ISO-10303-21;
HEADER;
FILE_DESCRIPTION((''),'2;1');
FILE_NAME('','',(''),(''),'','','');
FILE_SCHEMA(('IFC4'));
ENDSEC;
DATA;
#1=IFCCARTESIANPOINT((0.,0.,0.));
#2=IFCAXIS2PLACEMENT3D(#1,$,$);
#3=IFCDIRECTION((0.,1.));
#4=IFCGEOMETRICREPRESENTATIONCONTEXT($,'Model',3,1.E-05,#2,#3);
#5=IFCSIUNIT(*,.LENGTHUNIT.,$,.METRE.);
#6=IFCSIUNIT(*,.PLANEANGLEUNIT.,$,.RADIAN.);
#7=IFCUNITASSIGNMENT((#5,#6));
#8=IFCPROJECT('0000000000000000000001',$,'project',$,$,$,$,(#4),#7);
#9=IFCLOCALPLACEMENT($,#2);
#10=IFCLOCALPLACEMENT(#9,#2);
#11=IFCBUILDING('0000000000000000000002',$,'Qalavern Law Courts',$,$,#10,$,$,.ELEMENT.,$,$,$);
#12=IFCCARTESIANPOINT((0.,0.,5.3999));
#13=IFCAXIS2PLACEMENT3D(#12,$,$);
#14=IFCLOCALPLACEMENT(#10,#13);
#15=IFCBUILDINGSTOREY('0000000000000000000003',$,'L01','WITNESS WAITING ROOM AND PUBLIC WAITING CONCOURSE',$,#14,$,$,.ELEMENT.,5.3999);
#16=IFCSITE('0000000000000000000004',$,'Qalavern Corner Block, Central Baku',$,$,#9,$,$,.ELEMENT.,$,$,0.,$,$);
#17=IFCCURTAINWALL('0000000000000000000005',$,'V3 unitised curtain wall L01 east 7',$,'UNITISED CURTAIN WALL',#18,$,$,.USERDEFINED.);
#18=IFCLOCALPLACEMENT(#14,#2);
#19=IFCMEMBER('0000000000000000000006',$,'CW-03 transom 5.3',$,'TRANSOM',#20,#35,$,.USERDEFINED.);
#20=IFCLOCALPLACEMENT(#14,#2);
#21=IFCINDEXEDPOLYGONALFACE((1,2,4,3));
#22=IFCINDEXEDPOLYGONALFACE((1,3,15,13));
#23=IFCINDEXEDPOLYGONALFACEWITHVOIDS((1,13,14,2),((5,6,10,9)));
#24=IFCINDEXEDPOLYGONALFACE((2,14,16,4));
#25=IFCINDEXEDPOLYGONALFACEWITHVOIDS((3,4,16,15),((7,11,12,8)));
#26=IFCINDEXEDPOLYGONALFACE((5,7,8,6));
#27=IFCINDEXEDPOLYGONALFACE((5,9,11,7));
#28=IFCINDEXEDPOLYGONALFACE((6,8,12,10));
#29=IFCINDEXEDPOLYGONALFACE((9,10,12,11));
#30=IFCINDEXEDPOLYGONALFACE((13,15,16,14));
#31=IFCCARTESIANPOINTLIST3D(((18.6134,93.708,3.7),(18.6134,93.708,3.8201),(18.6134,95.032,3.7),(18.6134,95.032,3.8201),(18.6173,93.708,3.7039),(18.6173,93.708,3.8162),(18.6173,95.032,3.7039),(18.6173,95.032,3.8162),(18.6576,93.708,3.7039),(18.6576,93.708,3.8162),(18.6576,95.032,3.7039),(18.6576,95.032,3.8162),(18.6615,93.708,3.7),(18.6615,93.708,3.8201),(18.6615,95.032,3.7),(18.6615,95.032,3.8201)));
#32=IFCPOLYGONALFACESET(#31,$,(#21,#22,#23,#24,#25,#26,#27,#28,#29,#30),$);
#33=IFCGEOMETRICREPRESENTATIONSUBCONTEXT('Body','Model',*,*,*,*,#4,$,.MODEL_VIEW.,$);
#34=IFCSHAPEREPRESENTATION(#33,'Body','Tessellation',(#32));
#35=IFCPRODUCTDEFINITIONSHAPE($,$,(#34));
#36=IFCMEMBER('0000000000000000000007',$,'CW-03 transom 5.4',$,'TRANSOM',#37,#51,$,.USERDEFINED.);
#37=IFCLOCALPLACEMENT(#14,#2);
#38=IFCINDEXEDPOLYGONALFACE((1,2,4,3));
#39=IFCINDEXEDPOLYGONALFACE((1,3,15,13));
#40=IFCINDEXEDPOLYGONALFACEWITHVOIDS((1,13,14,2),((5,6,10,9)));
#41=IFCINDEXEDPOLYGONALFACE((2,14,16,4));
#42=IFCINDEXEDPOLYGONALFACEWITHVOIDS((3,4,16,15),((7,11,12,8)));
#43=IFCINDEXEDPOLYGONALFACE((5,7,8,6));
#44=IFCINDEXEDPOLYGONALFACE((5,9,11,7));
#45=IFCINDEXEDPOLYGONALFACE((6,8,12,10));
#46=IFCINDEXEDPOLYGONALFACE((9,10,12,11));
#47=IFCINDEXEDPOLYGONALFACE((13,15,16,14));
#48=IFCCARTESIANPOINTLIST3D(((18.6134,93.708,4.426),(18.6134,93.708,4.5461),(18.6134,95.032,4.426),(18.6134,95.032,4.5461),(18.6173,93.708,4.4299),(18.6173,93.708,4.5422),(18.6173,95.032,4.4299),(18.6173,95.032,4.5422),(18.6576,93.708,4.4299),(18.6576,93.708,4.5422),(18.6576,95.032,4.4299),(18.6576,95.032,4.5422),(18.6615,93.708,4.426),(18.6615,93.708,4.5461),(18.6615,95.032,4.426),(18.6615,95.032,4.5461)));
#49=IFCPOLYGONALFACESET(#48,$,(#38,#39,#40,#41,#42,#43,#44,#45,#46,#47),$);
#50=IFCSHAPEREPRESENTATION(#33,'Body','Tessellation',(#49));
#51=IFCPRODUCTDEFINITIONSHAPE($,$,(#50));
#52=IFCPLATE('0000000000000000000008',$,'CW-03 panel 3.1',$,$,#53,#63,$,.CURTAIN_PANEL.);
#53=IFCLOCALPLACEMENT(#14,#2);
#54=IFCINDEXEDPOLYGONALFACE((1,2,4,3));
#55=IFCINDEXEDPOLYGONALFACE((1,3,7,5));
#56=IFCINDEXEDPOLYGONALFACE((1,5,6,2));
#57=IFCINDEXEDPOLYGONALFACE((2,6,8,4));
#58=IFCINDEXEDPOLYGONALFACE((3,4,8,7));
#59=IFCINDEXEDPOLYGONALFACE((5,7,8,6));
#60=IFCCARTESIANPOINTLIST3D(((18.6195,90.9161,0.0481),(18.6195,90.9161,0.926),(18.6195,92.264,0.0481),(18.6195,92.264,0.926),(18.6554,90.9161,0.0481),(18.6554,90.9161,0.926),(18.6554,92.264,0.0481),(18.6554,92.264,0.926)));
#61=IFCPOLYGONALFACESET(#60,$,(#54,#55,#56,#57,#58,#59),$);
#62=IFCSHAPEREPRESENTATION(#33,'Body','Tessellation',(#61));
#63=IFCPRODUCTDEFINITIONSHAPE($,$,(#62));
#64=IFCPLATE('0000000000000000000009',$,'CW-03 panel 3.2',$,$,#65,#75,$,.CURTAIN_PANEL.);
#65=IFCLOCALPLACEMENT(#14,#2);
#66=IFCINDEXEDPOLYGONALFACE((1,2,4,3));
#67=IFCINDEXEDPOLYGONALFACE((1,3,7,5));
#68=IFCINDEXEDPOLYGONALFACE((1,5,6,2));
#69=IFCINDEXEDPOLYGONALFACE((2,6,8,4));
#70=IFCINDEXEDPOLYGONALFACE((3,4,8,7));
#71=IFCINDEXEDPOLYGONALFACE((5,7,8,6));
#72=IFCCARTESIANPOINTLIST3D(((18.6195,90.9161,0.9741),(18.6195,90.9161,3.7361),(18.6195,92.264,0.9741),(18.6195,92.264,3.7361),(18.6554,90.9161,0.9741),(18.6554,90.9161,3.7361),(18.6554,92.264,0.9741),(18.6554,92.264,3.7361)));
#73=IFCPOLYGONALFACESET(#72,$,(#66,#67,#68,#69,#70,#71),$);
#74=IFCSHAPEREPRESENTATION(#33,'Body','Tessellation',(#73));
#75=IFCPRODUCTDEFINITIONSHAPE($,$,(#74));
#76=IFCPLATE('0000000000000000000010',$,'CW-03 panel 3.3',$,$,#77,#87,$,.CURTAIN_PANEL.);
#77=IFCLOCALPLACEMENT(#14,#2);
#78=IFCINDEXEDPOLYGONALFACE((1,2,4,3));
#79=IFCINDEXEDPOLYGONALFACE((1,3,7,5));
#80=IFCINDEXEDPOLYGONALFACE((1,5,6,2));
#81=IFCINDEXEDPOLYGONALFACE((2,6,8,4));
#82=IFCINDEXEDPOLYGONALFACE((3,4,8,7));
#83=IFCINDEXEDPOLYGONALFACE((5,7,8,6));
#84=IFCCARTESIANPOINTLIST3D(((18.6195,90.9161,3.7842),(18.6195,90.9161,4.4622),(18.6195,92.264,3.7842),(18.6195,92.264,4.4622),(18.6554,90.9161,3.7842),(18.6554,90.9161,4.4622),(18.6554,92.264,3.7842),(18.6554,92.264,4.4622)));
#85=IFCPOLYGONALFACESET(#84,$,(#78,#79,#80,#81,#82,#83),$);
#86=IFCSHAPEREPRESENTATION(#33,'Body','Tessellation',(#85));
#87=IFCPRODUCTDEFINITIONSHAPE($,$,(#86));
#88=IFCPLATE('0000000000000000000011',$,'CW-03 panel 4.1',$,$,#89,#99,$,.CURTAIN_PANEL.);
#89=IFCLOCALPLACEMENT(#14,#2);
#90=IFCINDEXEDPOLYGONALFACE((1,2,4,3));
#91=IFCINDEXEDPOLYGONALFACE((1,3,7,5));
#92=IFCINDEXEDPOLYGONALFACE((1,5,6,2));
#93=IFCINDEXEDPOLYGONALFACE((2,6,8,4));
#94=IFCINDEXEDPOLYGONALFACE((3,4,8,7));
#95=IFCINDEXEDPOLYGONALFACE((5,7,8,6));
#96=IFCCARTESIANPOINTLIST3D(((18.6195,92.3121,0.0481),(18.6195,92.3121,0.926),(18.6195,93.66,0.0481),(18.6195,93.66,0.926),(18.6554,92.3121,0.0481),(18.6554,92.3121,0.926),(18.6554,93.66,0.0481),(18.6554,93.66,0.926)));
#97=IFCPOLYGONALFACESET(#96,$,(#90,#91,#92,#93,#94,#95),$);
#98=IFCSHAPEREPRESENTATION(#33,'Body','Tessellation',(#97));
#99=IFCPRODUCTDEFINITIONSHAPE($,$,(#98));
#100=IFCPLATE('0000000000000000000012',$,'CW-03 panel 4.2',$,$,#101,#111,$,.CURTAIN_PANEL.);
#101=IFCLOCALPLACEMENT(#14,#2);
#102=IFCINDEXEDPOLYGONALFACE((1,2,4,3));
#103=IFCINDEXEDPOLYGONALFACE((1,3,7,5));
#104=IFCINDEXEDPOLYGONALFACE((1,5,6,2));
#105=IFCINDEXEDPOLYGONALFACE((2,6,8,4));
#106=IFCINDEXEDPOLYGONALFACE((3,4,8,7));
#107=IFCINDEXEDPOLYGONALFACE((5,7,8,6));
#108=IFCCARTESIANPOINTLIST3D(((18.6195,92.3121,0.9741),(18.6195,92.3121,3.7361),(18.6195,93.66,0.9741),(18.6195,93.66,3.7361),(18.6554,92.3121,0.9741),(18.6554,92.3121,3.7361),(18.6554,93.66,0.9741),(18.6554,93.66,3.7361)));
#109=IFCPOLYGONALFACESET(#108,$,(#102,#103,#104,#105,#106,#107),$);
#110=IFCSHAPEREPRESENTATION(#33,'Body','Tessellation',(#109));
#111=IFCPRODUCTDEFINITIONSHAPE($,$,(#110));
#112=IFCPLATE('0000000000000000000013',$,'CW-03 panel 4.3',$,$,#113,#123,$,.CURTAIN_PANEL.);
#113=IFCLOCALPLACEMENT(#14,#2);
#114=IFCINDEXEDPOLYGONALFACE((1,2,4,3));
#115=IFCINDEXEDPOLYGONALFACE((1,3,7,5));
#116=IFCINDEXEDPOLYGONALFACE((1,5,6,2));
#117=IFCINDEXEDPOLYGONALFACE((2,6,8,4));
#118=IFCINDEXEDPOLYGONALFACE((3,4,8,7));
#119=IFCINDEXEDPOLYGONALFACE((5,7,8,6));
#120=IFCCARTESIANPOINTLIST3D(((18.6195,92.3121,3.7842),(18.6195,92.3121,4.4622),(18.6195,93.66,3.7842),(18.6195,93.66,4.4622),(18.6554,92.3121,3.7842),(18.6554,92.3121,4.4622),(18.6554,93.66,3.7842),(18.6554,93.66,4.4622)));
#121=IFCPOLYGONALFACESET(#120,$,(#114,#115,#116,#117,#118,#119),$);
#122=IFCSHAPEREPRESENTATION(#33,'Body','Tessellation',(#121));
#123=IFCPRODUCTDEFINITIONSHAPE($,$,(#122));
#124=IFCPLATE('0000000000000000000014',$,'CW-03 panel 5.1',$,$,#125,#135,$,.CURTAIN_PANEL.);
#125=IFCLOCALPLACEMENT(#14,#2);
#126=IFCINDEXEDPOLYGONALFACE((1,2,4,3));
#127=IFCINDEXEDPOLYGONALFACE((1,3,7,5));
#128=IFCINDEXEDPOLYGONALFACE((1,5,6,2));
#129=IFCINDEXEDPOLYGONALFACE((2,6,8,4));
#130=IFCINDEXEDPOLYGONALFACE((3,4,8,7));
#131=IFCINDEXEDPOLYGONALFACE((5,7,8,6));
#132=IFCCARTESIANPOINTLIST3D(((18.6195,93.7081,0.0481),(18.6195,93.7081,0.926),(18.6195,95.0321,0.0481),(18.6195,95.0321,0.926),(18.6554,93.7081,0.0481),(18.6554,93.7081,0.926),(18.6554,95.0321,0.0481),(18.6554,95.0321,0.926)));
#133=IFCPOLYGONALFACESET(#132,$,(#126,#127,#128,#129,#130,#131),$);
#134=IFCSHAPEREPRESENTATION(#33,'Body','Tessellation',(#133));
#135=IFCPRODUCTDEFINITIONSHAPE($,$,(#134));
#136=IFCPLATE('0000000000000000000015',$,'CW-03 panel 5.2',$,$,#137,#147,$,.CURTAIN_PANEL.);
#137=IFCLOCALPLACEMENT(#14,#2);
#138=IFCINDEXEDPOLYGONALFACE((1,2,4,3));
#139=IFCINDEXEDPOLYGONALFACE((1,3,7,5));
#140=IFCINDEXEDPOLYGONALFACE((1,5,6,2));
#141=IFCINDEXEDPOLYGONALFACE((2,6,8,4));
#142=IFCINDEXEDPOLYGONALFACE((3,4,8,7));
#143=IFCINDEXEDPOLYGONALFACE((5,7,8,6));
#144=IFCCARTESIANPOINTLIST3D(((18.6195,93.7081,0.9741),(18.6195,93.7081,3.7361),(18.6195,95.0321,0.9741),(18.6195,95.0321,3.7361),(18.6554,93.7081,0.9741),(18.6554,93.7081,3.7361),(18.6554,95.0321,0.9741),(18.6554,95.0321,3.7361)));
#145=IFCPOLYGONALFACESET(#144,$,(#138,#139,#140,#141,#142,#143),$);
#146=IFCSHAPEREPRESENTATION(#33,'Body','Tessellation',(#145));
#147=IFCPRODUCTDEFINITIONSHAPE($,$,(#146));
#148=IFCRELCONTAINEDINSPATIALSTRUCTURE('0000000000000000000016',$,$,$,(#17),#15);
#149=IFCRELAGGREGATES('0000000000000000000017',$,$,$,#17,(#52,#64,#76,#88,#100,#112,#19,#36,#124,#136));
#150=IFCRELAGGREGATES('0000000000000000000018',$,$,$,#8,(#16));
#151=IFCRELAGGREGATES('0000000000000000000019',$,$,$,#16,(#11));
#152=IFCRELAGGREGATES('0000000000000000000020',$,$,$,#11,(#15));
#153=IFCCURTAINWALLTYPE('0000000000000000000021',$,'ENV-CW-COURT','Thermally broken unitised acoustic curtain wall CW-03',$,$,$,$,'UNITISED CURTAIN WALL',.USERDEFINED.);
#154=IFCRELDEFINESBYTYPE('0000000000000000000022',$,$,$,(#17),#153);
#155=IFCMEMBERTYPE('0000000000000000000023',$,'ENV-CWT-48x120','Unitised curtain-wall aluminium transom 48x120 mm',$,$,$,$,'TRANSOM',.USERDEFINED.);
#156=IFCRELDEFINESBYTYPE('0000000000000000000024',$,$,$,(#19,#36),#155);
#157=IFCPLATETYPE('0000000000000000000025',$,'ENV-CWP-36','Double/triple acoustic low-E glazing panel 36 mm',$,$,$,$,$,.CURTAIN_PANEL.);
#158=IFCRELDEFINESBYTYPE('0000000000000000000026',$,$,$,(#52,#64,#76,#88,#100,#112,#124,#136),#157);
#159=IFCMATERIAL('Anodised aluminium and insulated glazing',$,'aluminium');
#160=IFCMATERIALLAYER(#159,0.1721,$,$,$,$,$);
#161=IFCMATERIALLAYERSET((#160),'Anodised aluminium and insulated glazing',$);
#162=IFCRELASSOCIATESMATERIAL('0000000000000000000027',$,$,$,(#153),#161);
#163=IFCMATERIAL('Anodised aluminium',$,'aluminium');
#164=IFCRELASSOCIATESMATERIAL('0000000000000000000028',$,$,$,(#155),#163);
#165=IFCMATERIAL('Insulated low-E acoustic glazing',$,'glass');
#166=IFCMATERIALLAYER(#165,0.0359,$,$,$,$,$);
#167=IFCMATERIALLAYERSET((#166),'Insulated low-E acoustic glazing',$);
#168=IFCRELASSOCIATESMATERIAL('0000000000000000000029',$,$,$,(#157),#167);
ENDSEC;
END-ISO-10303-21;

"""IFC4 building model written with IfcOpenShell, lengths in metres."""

from ifc_helpers import new_model, si_unit, direction, frame, origin, origin_2d, place, context, subcontext, project, spatial, rectangle, hollow_rectangle, extrude, material, layer, layer_set, material_profile, profile_set, type_object, element, aggregate, save


model = new_model("IFC4")

# Units and contexts
model_context = context("Model", 3, precision=1e-05, world=origin(), true_north=direction((0.0, 1.0)))
body_context = subcontext(model_context, "Body", "Model", "MODEL_VIEW")
ifc_project = project(units=[si_unit("LENGTHUNIT", "METRE"), si_unit("PLANEANGLEUNIT", "RADIAN")], contexts=[model_context])

# Site, building, storey
site_placement = place(None, origin())
site = spatial("IfcSite", under=ifc_project, at=site_placement, Name="Qalavern Corner Block, Central Baku", CompositionType="ELEMENT", RefElevation=0.0)
building_placement = place(site_placement, origin())
building = spatial("IfcBuilding", under=site, at=building_placement, Name="Qalavern Law Courts", CompositionType="ELEMENT")
storey_placement = place(building_placement, frame((0.0, 0.0, 5.3999)))
storey = spatial("IfcBuildingStorey", under=building, at=storey_placement, Name="L01", Description="WITNESS WAITING ROOM AND PUBLIC WAITING CONCOURSE", CompositionType="ELEMENT", Elevation=5.3999)

# Curtain wall, members, plates
ifc_material_1 = material(Name="Anodised aluminium and insulated glazing", Category="aluminium")
ifc_layer_1 = layer(ifc_material_1, 0.1721)
ifc_layer_set_1 = layer_set([ifc_layer_1], Name="Anodised aluminium and insulated glazing")
curtain_wall_type = type_object("IfcCurtainWallType", Name="ENV-CW-COURT", Description="Thermally broken unitised acoustic curtain wall CW-03", ElementType="UNITISED CURTAIN WALL", PredefinedType="USERDEFINED", material=ifc_layer_set_1)
curtain_wall_placement = place(storey_placement, origin())
curtain_wall = element("IfcCurtainWall", 1, at=curtain_wall_placement, inside=storey, type_object=curtain_wall_type, Name="V3 unitised curtain wall L01 east 7", ObjectType="UNITISED CURTAIN WALL", PredefinedType="USERDEFINED")
ifc_material_2 = material(Name="Anodised aluminium", Category="aluminium")
ifc_material_profile_1 = material_profile(ifc_material_2, hollow_rectangle(XDim=0.0481, YDim=0.1201, WallThickness=0.0039, at=origin_2d()), Name="ALU TRANSOM 48x120")
ifc_profile_set_1 = profile_set([ifc_material_profile_1], Name="Anodised aluminium")
member_type_1 = type_object("IfcMemberType", Name="ENV-CWT-48x120", Description="Unitised curtain-wall aluminium transom 48x120 mm", ElementType="TRANSOM", PredefinedType="USERDEFINED", material=ifc_profile_set_1)
member_1_placement = place(storey_placement, frame((18.6375, 93.708, 3.76), z_axis=(0.0, 1.0, 0.0), x_axis=(-1.0, 0.0, 0.0)))
member_1 = element("IfcMember", 2, at=member_1_placement, type_object=member_type_1, Name="CW-03 transom 5.3", ObjectType="TRANSOM", PredefinedType="USERDEFINED", context=body_context, shape_type="SweptSolid", body=[
    extrude(hollow_rectangle(XDim=0.0481, YDim=0.1201, WallThickness=0.0039, at=origin_2d()), origin(), (0.0, 0.0, 1.0), 1.324),
])
member_2_placement = place(storey_placement, frame((18.6375, 93.708, 4.4861), z_axis=(0.0, 1.0, 0.0), x_axis=(-1.0, 0.0, 0.0)))
member_2 = element("IfcMember", 3, at=member_2_placement, type_object=member_type_1, Name="CW-03 transom 5.4", ObjectType="TRANSOM", PredefinedType="USERDEFINED", context=body_context, shape_type="SweptSolid", body=[
    extrude(hollow_rectangle(XDim=0.0481, YDim=0.1201, WallThickness=0.0039, at=origin_2d()), origin(), (0.0, 0.0, 1.0), 1.324),
])
ifc_material_3 = material(Name="Insulated low-E acoustic glazing", Category="glass")
ifc_layer_2 = layer(ifc_material_3, 0.0359)
ifc_layer_set_2 = layer_set([ifc_layer_2], Name="Insulated low-E acoustic glazing")
plate_type = type_object("IfcPlateType", Name="ENV-CWP-36", Description="Double/triple acoustic low-E glazing panel 36 mm", PredefinedType="CURTAIN_PANEL", material=ifc_layer_set_2)
plate_1_placement = place(storey_placement, frame((18.6375, 91.5901, 0.0481), z_axis=(0.0, 0.0, 1.0), x_axis=(0.0, 1.0, 0.0)))
plate_1 = element("IfcPlate", 4, at=plate_1_placement, type_object=plate_type, Name="CW-03 panel 3.1", PredefinedType="CURTAIN_PANEL", context=body_context, shape_type="SweptSolid", body=[
    extrude(rectangle(XDim=1.3479, YDim=0.0359, at=origin_2d()), origin(), (0.0, 0.0, 1.0), 0.8779),
])
plate_2_placement = place(storey_placement, frame((18.6375, 91.5901, 0.9741), z_axis=(0.0, 0.0, 1.0), x_axis=(0.0, 1.0, 0.0)))
plate_2 = element("IfcPlate", 5, at=plate_2_placement, type_object=plate_type, Name="CW-03 panel 3.2", PredefinedType="CURTAIN_PANEL", context=body_context, shape_type="SweptSolid", body=[
    extrude(rectangle(XDim=1.3479, YDim=0.0359, at=origin_2d()), origin(), (0.0, 0.0, 1.0), 2.762),
])
plate_3_placement = place(storey_placement, frame((18.6375, 91.5901, 3.7842), z_axis=(0.0, 0.0, 1.0), x_axis=(0.0, 1.0, 0.0)))
plate_3 = element("IfcPlate", 6, at=plate_3_placement, type_object=plate_type, Name="CW-03 panel 3.3", PredefinedType="CURTAIN_PANEL", context=body_context, shape_type="SweptSolid", body=[
    extrude(rectangle(XDim=1.3479, YDim=0.0359, at=origin_2d()), origin(), (0.0, 0.0, 1.0), 0.678),
])
plate_4_placement = place(storey_placement, frame((18.6375, 92.9861, 0.0481), z_axis=(0.0, 0.0, 1.0), x_axis=(0.0, 1.0, 0.0)))
plate_4 = element("IfcPlate", 7, at=plate_4_placement, type_object=plate_type, Name="CW-03 panel 4.1", PredefinedType="CURTAIN_PANEL", context=body_context, shape_type="SweptSolid", body=[
    extrude(rectangle(XDim=1.3479, YDim=0.0359, at=origin_2d()), origin(), (0.0, 0.0, 1.0), 0.8779),
])
plate_5_placement = place(storey_placement, frame((18.6375, 92.9861, 0.9741), z_axis=(0.0, 0.0, 1.0), x_axis=(0.0, 1.0, 0.0)))
plate_5 = element("IfcPlate", 8, at=plate_5_placement, type_object=plate_type, Name="CW-03 panel 4.2", PredefinedType="CURTAIN_PANEL", context=body_context, shape_type="SweptSolid", body=[
    extrude(rectangle(XDim=1.3479, YDim=0.0359, at=origin_2d()), origin(), (0.0, 0.0, 1.0), 2.762),
])
plate_6_placement = place(storey_placement, frame((18.6375, 92.9861, 3.7842), z_axis=(0.0, 0.0, 1.0), x_axis=(0.0, 1.0, 0.0)))
plate_6 = element("IfcPlate", 9, at=plate_6_placement, type_object=plate_type, Name="CW-03 panel 4.3", PredefinedType="CURTAIN_PANEL", context=body_context, shape_type="SweptSolid", body=[
    extrude(rectangle(XDim=1.3479, YDim=0.0359, at=origin_2d()), origin(), (0.0, 0.0, 1.0), 0.678),
])
plate_7_placement = place(storey_placement, frame((18.6375, 94.3701, 0.0481), z_axis=(0.0, 0.0, 1.0), x_axis=(0.0, 1.0, 0.0)))
plate_7 = element("IfcPlate", 10, at=plate_7_placement, type_object=plate_type, Name="CW-03 panel 5.1", PredefinedType="CURTAIN_PANEL", context=body_context, shape_type="SweptSolid", body=[
    extrude(rectangle(XDim=1.324, YDim=0.0359, at=origin_2d()), origin(), (0.0, 0.0, 1.0), 0.8779),
])
plate_8_placement = place(storey_placement, frame((18.6375, 94.3701, 0.9741), z_axis=(0.0, 0.0, 1.0), x_axis=(0.0, 1.0, 0.0)))
plate_8 = element("IfcPlate", 11, at=plate_8_placement, type_object=plate_type, Name="CW-03 panel 5.2", PredefinedType="CURTAIN_PANEL", context=body_context, shape_type="SweptSolid", body=[
    extrude(rectangle(XDim=1.324, YDim=0.0359, at=origin_2d()), origin(), (0.0, 0.0, 1.0), 2.762),
])
aggregate(curtain_wall, [plate_1, plate_2, plate_3, plate_4, plate_5, plate_6, member_1, member_2, plate_7, plate_8])

save(model, "model.ifc")
